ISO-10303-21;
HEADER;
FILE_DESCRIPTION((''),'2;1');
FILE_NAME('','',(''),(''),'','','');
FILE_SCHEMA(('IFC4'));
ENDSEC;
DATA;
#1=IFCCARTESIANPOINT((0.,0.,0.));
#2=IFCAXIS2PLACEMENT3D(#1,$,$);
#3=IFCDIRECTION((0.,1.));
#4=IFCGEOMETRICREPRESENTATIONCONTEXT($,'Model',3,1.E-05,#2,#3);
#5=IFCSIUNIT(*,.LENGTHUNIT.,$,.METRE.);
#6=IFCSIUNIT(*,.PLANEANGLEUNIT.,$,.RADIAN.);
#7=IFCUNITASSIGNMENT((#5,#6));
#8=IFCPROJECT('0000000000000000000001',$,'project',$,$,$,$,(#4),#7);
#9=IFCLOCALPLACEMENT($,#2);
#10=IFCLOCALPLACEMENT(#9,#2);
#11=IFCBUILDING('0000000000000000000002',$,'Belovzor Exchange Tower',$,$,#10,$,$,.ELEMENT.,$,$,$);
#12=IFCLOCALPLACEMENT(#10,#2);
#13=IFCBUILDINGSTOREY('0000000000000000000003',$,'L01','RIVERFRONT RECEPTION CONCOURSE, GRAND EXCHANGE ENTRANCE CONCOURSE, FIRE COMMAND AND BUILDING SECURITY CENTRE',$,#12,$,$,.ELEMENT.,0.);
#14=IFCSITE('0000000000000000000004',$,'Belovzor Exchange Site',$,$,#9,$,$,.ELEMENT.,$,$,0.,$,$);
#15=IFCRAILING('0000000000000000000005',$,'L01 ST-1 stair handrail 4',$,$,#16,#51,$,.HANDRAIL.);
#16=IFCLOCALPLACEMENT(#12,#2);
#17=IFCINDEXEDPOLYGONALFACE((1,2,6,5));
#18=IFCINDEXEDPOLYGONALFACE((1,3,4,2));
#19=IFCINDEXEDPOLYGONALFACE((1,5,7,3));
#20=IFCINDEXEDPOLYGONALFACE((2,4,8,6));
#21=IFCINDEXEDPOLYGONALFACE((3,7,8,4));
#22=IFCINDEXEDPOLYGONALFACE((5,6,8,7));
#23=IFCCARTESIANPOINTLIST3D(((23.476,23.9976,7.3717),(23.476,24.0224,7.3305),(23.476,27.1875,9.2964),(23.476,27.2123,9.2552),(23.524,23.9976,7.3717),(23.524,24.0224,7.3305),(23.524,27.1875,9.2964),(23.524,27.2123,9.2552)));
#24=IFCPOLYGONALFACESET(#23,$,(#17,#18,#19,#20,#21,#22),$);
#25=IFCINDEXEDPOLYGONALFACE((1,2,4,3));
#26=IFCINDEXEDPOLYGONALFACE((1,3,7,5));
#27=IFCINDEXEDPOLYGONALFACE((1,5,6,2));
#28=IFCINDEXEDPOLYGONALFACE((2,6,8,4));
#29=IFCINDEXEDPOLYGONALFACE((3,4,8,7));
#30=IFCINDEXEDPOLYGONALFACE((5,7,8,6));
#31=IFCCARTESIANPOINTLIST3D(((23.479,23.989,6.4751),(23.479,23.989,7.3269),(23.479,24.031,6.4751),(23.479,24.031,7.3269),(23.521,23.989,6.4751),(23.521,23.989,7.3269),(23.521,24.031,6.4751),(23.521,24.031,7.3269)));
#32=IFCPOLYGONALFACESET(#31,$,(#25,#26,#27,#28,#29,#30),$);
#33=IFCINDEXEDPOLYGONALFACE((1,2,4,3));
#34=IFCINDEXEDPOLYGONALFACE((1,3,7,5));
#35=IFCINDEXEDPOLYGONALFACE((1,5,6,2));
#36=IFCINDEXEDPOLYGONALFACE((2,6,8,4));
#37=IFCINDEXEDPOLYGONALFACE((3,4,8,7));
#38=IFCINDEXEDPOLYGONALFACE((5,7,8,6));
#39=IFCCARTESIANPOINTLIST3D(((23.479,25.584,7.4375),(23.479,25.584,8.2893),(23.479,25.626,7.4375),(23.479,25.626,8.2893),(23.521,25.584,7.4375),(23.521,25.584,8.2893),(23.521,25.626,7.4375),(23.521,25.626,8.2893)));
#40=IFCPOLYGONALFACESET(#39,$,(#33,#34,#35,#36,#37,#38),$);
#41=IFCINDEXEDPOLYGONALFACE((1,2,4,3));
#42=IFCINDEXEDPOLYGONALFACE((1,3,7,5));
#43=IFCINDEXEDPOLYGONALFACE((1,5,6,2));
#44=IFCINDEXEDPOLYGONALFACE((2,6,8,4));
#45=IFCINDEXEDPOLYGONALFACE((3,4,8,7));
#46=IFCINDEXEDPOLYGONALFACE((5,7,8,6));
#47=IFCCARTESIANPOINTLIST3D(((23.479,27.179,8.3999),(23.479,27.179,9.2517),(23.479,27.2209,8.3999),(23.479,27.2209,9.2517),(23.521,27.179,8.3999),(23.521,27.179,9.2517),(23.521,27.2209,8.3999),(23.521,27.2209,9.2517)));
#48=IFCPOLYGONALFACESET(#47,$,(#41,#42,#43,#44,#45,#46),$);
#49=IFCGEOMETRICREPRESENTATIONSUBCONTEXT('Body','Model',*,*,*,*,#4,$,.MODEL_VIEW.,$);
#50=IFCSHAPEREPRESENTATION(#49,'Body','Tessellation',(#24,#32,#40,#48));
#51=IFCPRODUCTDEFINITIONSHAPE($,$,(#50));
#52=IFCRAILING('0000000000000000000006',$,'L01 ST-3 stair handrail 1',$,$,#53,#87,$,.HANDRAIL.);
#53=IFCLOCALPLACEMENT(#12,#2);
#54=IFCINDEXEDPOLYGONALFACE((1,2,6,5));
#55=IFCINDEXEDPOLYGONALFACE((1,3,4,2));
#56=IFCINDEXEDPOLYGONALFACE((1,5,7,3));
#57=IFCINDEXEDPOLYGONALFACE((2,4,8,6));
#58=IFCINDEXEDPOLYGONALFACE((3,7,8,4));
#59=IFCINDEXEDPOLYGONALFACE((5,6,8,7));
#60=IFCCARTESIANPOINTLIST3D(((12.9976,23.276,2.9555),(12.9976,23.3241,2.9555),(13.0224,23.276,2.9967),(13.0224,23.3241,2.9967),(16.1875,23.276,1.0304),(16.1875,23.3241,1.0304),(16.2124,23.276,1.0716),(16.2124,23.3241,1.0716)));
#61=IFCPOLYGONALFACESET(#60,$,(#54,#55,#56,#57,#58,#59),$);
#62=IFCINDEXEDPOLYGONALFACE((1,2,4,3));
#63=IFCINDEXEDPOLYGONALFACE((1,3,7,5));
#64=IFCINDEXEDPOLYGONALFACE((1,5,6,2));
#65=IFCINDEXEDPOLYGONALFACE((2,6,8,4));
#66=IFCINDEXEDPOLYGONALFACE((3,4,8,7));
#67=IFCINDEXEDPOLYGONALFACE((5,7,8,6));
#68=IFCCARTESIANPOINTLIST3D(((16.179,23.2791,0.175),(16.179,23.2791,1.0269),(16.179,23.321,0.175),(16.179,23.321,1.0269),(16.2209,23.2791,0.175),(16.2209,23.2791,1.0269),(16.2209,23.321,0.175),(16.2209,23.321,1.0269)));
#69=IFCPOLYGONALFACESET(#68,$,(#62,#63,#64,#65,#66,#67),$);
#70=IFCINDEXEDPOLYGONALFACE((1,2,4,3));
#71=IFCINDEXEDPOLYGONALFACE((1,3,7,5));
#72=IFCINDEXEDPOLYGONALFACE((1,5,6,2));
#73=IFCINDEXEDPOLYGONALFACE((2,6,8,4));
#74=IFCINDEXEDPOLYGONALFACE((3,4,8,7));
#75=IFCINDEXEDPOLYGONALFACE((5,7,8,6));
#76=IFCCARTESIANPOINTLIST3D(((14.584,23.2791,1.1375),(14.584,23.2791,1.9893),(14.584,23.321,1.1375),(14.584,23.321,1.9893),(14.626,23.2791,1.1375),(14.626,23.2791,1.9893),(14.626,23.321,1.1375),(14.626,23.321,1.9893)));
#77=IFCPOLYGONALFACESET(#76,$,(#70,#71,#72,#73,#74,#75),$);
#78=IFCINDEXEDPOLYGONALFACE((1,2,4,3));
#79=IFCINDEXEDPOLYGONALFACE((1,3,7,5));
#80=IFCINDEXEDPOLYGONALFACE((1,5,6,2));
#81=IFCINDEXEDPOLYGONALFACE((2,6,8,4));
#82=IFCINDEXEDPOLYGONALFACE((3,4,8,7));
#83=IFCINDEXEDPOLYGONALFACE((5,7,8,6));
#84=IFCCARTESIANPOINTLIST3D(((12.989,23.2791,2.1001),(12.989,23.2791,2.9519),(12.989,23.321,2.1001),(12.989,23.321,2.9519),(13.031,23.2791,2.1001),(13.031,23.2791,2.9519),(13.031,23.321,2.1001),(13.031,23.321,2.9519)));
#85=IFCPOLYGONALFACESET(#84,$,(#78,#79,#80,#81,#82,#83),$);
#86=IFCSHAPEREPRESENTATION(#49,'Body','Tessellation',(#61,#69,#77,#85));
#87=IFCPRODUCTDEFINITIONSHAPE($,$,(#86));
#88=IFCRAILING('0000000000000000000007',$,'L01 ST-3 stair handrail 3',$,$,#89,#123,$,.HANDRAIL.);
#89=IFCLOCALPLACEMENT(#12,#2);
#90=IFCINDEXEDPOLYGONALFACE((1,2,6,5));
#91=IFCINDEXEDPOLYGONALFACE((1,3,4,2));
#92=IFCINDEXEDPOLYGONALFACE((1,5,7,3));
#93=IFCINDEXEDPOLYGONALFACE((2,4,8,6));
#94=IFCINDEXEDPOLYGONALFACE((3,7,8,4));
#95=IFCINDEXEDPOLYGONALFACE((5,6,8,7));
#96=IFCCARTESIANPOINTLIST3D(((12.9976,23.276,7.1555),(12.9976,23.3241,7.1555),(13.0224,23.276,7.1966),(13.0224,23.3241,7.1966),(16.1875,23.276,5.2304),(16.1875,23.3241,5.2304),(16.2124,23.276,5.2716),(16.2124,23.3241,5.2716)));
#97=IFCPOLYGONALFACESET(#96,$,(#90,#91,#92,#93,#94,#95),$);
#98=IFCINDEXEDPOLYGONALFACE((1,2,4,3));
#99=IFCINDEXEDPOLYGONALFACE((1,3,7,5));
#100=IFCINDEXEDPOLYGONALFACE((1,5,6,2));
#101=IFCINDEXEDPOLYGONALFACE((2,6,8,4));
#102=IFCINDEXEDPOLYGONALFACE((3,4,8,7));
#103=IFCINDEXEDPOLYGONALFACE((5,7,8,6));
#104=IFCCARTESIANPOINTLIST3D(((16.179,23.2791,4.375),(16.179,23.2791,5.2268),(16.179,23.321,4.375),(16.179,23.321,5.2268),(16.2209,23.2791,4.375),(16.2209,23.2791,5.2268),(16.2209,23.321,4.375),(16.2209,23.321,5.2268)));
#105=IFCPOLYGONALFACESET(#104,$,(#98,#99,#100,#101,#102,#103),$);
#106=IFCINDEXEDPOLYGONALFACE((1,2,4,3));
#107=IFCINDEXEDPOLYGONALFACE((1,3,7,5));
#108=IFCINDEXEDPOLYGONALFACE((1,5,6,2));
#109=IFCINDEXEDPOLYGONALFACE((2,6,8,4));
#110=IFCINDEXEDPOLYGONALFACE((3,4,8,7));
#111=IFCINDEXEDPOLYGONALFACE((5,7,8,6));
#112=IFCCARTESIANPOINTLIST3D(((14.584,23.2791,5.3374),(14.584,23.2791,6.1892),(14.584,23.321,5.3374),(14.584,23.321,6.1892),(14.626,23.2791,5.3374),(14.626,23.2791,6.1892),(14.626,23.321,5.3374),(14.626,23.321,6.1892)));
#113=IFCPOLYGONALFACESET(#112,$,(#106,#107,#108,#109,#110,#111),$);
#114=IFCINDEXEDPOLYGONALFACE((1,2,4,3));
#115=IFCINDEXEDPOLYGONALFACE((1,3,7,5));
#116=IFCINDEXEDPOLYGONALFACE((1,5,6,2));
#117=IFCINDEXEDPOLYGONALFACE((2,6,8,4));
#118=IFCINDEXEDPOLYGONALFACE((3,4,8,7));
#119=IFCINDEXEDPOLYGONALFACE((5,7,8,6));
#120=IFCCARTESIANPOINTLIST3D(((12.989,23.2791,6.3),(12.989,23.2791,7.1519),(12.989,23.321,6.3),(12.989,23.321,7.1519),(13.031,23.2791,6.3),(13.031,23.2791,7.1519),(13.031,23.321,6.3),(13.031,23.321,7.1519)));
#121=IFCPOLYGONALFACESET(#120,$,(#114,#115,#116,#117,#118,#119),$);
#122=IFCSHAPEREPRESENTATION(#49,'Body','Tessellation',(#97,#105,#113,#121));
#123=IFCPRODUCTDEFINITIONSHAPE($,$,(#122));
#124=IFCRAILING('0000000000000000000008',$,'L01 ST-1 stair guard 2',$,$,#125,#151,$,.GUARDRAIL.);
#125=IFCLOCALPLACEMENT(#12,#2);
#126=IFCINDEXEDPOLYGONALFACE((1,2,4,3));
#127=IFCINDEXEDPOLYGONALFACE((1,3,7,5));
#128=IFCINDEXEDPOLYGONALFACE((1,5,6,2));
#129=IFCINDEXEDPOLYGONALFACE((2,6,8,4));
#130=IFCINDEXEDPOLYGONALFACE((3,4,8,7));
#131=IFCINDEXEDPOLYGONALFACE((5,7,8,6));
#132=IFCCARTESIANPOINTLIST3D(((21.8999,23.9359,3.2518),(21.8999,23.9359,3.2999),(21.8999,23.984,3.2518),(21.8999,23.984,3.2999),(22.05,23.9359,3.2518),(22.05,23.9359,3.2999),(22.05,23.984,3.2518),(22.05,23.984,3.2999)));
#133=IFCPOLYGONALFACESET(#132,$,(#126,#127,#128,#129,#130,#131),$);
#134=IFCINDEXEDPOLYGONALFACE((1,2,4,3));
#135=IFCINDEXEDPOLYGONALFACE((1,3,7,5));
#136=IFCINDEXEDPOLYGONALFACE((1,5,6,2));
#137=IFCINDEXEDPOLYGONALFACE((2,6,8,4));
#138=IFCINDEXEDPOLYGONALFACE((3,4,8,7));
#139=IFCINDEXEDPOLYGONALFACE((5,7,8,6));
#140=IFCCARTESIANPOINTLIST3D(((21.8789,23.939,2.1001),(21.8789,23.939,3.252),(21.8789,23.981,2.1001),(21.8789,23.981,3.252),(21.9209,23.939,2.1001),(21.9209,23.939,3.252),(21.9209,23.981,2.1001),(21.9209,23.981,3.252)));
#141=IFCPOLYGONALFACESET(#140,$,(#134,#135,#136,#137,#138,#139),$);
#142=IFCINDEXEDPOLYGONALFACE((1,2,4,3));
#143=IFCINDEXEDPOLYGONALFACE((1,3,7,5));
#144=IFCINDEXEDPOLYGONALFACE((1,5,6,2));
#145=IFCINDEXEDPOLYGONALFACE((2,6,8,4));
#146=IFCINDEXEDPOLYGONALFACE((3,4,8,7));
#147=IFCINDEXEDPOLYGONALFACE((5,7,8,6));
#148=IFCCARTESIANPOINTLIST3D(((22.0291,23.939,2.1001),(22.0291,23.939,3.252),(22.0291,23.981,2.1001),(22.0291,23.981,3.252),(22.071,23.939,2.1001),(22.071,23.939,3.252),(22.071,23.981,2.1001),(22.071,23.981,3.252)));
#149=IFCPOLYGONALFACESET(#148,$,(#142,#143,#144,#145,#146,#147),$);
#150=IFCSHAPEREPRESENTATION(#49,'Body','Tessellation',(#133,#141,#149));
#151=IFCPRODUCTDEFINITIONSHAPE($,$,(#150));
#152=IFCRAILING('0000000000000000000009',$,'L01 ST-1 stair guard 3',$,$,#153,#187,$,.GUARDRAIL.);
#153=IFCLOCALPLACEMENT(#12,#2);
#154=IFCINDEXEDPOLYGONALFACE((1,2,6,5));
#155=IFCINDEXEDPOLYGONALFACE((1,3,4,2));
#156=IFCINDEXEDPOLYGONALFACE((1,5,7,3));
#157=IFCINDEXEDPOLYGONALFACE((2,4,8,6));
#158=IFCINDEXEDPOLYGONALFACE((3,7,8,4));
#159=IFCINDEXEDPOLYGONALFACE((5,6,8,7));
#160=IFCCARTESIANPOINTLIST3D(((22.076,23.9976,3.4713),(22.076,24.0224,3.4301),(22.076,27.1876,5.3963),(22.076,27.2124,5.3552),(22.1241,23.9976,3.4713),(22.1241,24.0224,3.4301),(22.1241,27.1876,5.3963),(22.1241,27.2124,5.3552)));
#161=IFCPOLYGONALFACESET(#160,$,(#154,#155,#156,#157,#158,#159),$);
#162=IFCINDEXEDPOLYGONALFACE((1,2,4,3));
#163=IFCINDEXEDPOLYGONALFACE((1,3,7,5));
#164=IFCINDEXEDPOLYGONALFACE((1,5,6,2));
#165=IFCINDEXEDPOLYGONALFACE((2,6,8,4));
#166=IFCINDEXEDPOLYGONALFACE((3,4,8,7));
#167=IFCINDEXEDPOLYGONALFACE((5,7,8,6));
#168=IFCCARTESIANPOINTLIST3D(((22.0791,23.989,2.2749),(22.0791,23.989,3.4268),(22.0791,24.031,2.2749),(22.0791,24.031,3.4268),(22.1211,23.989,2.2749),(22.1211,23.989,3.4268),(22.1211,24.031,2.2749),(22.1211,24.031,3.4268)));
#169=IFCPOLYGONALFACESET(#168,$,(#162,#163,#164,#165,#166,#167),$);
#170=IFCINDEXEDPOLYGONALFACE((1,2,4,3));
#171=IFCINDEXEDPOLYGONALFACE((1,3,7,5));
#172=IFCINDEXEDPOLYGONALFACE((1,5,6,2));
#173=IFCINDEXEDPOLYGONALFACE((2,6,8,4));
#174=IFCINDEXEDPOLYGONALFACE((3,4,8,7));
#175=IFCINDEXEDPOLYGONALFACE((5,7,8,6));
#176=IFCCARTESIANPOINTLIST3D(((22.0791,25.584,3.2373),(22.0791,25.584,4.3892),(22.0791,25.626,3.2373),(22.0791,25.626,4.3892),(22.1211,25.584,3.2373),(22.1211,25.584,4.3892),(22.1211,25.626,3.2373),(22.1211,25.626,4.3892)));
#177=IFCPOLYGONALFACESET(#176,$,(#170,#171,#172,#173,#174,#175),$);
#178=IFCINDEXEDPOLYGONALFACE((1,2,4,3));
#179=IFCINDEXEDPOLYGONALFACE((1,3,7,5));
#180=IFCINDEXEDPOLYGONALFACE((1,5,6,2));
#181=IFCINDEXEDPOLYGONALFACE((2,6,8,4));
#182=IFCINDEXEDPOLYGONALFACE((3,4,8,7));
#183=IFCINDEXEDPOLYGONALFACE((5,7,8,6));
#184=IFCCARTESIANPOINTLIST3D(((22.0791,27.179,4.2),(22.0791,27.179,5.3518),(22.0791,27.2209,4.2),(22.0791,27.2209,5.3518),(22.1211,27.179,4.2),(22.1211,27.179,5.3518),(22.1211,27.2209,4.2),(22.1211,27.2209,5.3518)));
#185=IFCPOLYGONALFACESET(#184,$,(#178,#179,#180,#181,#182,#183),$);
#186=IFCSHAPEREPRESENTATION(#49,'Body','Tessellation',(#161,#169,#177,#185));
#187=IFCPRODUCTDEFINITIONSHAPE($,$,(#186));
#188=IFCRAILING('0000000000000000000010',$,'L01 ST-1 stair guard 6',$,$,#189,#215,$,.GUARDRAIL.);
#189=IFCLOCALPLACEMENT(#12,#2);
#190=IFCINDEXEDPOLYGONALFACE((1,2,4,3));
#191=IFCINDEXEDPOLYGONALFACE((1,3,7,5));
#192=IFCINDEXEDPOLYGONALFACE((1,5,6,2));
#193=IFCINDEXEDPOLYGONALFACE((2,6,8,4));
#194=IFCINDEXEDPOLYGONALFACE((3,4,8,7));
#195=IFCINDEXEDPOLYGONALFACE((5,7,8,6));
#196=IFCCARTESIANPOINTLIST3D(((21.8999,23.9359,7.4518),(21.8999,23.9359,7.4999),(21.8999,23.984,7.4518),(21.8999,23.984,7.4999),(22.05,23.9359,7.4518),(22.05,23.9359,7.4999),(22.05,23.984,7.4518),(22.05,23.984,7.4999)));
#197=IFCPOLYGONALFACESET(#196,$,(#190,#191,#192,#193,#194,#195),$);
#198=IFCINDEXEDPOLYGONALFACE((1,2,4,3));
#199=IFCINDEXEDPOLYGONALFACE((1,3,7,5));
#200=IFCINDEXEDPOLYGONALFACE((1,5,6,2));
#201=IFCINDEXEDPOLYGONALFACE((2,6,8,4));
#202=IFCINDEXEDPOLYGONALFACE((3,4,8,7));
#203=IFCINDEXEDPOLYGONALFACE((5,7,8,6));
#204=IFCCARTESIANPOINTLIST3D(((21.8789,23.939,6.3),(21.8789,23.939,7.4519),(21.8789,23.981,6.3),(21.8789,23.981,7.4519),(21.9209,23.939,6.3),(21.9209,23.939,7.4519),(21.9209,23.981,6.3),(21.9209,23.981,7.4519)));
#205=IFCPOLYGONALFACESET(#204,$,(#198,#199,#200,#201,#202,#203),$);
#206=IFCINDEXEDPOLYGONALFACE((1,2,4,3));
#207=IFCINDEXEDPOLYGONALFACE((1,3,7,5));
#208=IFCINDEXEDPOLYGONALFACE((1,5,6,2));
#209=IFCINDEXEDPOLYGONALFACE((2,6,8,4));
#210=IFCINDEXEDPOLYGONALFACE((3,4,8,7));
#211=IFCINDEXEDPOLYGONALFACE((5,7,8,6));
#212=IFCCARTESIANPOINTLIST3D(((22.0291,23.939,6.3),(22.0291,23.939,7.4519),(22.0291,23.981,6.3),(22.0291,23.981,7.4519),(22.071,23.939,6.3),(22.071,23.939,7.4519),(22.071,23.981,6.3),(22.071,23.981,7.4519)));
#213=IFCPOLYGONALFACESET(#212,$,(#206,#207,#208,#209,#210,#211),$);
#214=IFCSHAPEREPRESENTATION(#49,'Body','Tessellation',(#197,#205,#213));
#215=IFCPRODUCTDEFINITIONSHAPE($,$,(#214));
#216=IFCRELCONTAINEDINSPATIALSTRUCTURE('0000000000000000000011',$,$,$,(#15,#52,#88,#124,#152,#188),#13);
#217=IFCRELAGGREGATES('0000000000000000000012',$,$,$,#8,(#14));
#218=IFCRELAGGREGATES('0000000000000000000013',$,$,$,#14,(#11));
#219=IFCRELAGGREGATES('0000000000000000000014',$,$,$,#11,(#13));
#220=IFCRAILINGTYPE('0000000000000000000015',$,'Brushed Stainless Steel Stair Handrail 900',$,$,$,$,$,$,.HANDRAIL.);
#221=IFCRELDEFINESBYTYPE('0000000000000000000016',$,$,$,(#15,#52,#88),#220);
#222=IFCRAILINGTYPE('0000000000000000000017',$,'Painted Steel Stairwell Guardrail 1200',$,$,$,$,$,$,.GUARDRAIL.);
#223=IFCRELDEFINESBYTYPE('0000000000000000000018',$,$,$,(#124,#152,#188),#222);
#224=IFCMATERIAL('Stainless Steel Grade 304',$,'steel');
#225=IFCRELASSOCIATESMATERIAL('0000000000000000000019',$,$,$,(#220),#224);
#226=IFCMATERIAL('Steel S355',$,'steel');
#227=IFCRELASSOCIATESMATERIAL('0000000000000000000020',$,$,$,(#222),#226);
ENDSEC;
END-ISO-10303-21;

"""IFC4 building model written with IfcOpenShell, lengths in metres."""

from ifc_helpers import new_model, si_unit, direction, frame, origin, origin_2d, place, context, subcontext, project, spatial, rectangle, extrude, material, type_object, element, save


model = new_model("IFC4")

# Units and contexts
model_context = context("Model", 3, precision=1e-05, world=origin(), true_north=direction((0.0, 1.0)))
body_context = subcontext(model_context, "Body", "Model", "MODEL_VIEW")
ifc_project = project(units=[si_unit("LENGTHUNIT", "METRE"), si_unit("PLANEANGLEUNIT", "RADIAN")], contexts=[model_context])

# Site, building, storey
site_placement = place(None, origin())
site = spatial("IfcSite", under=ifc_project, at=site_placement, Name="Belovzor Exchange Site", CompositionType="ELEMENT", RefElevation=0.0)
building_placement = place(site_placement, origin())
building = spatial("IfcBuilding", under=site, at=building_placement, Name="Belovzor Exchange Tower", CompositionType="ELEMENT")
storey_placement = place(building_placement, origin())
storey = spatial("IfcBuildingStorey", under=building, at=storey_placement, Name="L01", Description="RIVERFRONT RECEPTION CONCOURSE, GRAND EXCHANGE ENTRANCE CONCOURSE, FIRE COMMAND AND BUILDING SECURITY CENTRE", CompositionType="ELEMENT", Elevation=0.0)

# Railings
ifc_material_1 = material(Name="Stainless Steel Grade 304", Category="steel")
railing_type_1 = type_object("IfcRailingType", Name="Brushed Stainless Steel Stair Handrail 900", PredefinedType="HANDRAIL", material=ifc_material_1)
railing_1_placement = place(storey_placement, frame((23.5, 24.01, 6.4751)))
element("IfcRailing", 1, at=railing_1_placement, inside=storey, type_object=railing_type_1, Name="L01 ST-1 stair handrail 4", PredefinedType="HANDRAIL", context=body_context, shape_type="SweptSolid", body=[
    extrude(rectangle(XDim=0.0481, YDim=0.0481, at=origin_2d()), frame((0.0, 0.0, 0.876), z_axis=(0.0, 0.856207, 0.516633), x_axis=(-1.0, 0.0, 0.0)), (0.0, 0.0, 1.0), 3.7256),
    extrude(rectangle(XDim=0.042, YDim=0.042, at=origin_2d()), origin(), (0.0, 0.0, 1.0), 0.8518),
    extrude(rectangle(XDim=0.042, YDim=0.042, at=origin_2d()), frame((0.0, 1.595, 0.9624)), (0.0, 0.0, 1.0), 0.8518),
    extrude(rectangle(XDim=0.042, YDim=0.042, at=origin_2d()), frame((0.0, 3.1899, 1.9248)), (0.0, 0.0, 1.0), 0.8518),
])
for number, where, name in (
    (2, (16.2, 23.3, 0.175), "L01 ST-3 stair handrail 1"),
    (3, (16.2, 23.3, 4.375), "L01 ST-3 stair handrail 3"),
):
    element("IfcRailing", number, at=place(storey_placement, frame(where)), inside=storey, type_object=railing_type_1, Name=name, PredefinedType="HANDRAIL", context=body_context, shape_type="SweptSolid", body=[
        extrude(rectangle(XDim=0.0481, YDim=0.0481, at=origin_2d()), frame((0.0, 0.0, 0.876), z_axis=(-0.856178, 0.0, 0.516682), x_axis=(0.0, -1.0, 0.0)), (0.0, 0.0, 1.0), 3.7258),
        extrude(rectangle(XDim=0.042, YDim=0.042, at=origin_2d()), origin(), (0.0, 0.0, 1.0), 0.8518),
        extrude(rectangle(XDim=0.042, YDim=0.042, at=origin_2d()), frame((-1.595, 0.0, 0.9624)), (0.0, 0.0, 1.0), 0.8518),
        extrude(rectangle(XDim=0.042, YDim=0.042, at=origin_2d()), frame((-3.1899, 0.0, 1.925)), (0.0, 0.0, 1.0), 0.8518),
    ])
ifc_material_2 = material(Name="Steel S355", Category="steel")
railing_type_2 = type_object("IfcRailingType", Name="Painted Steel Stairwell Guardrail 1200", PredefinedType="GUARDRAIL", material=ifc_material_2)
railing_2_placement = place(storey_placement, frame((21.8999, 23.96, 2.1001)))
element("IfcRailing", 4, at=railing_2_placement, inside=storey, type_object=railing_type_2, Name="L01 ST-1 stair guard 2", PredefinedType="GUARDRAIL", context=body_context, shape_type="SweptSolid", body=[
    extrude(rectangle(XDim=0.0481, YDim=0.0481, at=origin_2d()), frame((0.0, 0.0, 1.1758), z_axis=(1.0, 0.0, 0.0), x_axis=(0.0, 1.0, 0.0)), (0.0, 0.0, 1.0), 0.1501),
    extrude(rectangle(XDim=0.042, YDim=0.042, at=origin_2d()), origin(), (0.0, 0.0, 1.0), 1.1519),
    extrude(rectangle(XDim=0.042, YDim=0.042, at=origin_2d()), frame((0.1501, 0.0, 0.0)), (0.0, 0.0, 1.0), 1.1519),
])
railing_3_placement = place(storey_placement, frame((22.1001, 24.01, 2.2749)))
element("IfcRailing", 5, at=railing_3_placement, inside=storey, type_object=railing_type_2, Name="L01 ST-1 stair guard 3", PredefinedType="GUARDRAIL", context=body_context, shape_type="SweptSolid", body=[
    extrude(rectangle(XDim=0.0481, YDim=0.0481, at=origin_2d()), frame((0.0, 0.0, 1.1758), z_axis=(0.0, 0.856178, 0.516682), x_axis=(-1.0, 0.0, 0.0)), (0.0, 0.0, 1.0), 3.7258),
    extrude(rectangle(XDim=0.042, YDim=0.042, at=origin_2d()), origin(), (0.0, 0.0, 1.0), 1.1519),
    extrude(rectangle(XDim=0.042, YDim=0.042, at=origin_2d()), frame((0.0, 1.595, 0.9624)), (0.0, 0.0, 1.0), 1.1519),
    extrude(rectangle(XDim=0.042, YDim=0.042, at=origin_2d()), frame((0.0, 3.1899, 1.925)), (0.0, 0.0, 1.0), 1.1519),
])
railing_4_placement = place(storey_placement, frame((21.8999, 23.96, 6.3)))
element("IfcRailing", 6, at=railing_4_placement, inside=storey, type_object=railing_type_2, Name="L01 ST-1 stair guard 6", PredefinedType="GUARDRAIL", context=body_context, shape_type="SweptSolid", body=[
    extrude(rectangle(XDim=0.0481, YDim=0.0481, at=origin_2d()), frame((0.0, 0.0, 1.1758), z_axis=(1.0, 0.0, 0.0), x_axis=(0.0, 1.0, 0.0)), (0.0, 0.0, 1.0), 0.1501),
    extrude(rectangle(XDim=0.042, YDim=0.042, at=origin_2d()), origin(), (0.0, 0.0, 1.0), 1.1519),
    extrude(rectangle(XDim=0.042, YDim=0.042, at=origin_2d()), frame((0.1501, 0.0, 0.0)), (0.0, 0.0, 1.0), 1.1519),
])

save(model, "model.ifc")
